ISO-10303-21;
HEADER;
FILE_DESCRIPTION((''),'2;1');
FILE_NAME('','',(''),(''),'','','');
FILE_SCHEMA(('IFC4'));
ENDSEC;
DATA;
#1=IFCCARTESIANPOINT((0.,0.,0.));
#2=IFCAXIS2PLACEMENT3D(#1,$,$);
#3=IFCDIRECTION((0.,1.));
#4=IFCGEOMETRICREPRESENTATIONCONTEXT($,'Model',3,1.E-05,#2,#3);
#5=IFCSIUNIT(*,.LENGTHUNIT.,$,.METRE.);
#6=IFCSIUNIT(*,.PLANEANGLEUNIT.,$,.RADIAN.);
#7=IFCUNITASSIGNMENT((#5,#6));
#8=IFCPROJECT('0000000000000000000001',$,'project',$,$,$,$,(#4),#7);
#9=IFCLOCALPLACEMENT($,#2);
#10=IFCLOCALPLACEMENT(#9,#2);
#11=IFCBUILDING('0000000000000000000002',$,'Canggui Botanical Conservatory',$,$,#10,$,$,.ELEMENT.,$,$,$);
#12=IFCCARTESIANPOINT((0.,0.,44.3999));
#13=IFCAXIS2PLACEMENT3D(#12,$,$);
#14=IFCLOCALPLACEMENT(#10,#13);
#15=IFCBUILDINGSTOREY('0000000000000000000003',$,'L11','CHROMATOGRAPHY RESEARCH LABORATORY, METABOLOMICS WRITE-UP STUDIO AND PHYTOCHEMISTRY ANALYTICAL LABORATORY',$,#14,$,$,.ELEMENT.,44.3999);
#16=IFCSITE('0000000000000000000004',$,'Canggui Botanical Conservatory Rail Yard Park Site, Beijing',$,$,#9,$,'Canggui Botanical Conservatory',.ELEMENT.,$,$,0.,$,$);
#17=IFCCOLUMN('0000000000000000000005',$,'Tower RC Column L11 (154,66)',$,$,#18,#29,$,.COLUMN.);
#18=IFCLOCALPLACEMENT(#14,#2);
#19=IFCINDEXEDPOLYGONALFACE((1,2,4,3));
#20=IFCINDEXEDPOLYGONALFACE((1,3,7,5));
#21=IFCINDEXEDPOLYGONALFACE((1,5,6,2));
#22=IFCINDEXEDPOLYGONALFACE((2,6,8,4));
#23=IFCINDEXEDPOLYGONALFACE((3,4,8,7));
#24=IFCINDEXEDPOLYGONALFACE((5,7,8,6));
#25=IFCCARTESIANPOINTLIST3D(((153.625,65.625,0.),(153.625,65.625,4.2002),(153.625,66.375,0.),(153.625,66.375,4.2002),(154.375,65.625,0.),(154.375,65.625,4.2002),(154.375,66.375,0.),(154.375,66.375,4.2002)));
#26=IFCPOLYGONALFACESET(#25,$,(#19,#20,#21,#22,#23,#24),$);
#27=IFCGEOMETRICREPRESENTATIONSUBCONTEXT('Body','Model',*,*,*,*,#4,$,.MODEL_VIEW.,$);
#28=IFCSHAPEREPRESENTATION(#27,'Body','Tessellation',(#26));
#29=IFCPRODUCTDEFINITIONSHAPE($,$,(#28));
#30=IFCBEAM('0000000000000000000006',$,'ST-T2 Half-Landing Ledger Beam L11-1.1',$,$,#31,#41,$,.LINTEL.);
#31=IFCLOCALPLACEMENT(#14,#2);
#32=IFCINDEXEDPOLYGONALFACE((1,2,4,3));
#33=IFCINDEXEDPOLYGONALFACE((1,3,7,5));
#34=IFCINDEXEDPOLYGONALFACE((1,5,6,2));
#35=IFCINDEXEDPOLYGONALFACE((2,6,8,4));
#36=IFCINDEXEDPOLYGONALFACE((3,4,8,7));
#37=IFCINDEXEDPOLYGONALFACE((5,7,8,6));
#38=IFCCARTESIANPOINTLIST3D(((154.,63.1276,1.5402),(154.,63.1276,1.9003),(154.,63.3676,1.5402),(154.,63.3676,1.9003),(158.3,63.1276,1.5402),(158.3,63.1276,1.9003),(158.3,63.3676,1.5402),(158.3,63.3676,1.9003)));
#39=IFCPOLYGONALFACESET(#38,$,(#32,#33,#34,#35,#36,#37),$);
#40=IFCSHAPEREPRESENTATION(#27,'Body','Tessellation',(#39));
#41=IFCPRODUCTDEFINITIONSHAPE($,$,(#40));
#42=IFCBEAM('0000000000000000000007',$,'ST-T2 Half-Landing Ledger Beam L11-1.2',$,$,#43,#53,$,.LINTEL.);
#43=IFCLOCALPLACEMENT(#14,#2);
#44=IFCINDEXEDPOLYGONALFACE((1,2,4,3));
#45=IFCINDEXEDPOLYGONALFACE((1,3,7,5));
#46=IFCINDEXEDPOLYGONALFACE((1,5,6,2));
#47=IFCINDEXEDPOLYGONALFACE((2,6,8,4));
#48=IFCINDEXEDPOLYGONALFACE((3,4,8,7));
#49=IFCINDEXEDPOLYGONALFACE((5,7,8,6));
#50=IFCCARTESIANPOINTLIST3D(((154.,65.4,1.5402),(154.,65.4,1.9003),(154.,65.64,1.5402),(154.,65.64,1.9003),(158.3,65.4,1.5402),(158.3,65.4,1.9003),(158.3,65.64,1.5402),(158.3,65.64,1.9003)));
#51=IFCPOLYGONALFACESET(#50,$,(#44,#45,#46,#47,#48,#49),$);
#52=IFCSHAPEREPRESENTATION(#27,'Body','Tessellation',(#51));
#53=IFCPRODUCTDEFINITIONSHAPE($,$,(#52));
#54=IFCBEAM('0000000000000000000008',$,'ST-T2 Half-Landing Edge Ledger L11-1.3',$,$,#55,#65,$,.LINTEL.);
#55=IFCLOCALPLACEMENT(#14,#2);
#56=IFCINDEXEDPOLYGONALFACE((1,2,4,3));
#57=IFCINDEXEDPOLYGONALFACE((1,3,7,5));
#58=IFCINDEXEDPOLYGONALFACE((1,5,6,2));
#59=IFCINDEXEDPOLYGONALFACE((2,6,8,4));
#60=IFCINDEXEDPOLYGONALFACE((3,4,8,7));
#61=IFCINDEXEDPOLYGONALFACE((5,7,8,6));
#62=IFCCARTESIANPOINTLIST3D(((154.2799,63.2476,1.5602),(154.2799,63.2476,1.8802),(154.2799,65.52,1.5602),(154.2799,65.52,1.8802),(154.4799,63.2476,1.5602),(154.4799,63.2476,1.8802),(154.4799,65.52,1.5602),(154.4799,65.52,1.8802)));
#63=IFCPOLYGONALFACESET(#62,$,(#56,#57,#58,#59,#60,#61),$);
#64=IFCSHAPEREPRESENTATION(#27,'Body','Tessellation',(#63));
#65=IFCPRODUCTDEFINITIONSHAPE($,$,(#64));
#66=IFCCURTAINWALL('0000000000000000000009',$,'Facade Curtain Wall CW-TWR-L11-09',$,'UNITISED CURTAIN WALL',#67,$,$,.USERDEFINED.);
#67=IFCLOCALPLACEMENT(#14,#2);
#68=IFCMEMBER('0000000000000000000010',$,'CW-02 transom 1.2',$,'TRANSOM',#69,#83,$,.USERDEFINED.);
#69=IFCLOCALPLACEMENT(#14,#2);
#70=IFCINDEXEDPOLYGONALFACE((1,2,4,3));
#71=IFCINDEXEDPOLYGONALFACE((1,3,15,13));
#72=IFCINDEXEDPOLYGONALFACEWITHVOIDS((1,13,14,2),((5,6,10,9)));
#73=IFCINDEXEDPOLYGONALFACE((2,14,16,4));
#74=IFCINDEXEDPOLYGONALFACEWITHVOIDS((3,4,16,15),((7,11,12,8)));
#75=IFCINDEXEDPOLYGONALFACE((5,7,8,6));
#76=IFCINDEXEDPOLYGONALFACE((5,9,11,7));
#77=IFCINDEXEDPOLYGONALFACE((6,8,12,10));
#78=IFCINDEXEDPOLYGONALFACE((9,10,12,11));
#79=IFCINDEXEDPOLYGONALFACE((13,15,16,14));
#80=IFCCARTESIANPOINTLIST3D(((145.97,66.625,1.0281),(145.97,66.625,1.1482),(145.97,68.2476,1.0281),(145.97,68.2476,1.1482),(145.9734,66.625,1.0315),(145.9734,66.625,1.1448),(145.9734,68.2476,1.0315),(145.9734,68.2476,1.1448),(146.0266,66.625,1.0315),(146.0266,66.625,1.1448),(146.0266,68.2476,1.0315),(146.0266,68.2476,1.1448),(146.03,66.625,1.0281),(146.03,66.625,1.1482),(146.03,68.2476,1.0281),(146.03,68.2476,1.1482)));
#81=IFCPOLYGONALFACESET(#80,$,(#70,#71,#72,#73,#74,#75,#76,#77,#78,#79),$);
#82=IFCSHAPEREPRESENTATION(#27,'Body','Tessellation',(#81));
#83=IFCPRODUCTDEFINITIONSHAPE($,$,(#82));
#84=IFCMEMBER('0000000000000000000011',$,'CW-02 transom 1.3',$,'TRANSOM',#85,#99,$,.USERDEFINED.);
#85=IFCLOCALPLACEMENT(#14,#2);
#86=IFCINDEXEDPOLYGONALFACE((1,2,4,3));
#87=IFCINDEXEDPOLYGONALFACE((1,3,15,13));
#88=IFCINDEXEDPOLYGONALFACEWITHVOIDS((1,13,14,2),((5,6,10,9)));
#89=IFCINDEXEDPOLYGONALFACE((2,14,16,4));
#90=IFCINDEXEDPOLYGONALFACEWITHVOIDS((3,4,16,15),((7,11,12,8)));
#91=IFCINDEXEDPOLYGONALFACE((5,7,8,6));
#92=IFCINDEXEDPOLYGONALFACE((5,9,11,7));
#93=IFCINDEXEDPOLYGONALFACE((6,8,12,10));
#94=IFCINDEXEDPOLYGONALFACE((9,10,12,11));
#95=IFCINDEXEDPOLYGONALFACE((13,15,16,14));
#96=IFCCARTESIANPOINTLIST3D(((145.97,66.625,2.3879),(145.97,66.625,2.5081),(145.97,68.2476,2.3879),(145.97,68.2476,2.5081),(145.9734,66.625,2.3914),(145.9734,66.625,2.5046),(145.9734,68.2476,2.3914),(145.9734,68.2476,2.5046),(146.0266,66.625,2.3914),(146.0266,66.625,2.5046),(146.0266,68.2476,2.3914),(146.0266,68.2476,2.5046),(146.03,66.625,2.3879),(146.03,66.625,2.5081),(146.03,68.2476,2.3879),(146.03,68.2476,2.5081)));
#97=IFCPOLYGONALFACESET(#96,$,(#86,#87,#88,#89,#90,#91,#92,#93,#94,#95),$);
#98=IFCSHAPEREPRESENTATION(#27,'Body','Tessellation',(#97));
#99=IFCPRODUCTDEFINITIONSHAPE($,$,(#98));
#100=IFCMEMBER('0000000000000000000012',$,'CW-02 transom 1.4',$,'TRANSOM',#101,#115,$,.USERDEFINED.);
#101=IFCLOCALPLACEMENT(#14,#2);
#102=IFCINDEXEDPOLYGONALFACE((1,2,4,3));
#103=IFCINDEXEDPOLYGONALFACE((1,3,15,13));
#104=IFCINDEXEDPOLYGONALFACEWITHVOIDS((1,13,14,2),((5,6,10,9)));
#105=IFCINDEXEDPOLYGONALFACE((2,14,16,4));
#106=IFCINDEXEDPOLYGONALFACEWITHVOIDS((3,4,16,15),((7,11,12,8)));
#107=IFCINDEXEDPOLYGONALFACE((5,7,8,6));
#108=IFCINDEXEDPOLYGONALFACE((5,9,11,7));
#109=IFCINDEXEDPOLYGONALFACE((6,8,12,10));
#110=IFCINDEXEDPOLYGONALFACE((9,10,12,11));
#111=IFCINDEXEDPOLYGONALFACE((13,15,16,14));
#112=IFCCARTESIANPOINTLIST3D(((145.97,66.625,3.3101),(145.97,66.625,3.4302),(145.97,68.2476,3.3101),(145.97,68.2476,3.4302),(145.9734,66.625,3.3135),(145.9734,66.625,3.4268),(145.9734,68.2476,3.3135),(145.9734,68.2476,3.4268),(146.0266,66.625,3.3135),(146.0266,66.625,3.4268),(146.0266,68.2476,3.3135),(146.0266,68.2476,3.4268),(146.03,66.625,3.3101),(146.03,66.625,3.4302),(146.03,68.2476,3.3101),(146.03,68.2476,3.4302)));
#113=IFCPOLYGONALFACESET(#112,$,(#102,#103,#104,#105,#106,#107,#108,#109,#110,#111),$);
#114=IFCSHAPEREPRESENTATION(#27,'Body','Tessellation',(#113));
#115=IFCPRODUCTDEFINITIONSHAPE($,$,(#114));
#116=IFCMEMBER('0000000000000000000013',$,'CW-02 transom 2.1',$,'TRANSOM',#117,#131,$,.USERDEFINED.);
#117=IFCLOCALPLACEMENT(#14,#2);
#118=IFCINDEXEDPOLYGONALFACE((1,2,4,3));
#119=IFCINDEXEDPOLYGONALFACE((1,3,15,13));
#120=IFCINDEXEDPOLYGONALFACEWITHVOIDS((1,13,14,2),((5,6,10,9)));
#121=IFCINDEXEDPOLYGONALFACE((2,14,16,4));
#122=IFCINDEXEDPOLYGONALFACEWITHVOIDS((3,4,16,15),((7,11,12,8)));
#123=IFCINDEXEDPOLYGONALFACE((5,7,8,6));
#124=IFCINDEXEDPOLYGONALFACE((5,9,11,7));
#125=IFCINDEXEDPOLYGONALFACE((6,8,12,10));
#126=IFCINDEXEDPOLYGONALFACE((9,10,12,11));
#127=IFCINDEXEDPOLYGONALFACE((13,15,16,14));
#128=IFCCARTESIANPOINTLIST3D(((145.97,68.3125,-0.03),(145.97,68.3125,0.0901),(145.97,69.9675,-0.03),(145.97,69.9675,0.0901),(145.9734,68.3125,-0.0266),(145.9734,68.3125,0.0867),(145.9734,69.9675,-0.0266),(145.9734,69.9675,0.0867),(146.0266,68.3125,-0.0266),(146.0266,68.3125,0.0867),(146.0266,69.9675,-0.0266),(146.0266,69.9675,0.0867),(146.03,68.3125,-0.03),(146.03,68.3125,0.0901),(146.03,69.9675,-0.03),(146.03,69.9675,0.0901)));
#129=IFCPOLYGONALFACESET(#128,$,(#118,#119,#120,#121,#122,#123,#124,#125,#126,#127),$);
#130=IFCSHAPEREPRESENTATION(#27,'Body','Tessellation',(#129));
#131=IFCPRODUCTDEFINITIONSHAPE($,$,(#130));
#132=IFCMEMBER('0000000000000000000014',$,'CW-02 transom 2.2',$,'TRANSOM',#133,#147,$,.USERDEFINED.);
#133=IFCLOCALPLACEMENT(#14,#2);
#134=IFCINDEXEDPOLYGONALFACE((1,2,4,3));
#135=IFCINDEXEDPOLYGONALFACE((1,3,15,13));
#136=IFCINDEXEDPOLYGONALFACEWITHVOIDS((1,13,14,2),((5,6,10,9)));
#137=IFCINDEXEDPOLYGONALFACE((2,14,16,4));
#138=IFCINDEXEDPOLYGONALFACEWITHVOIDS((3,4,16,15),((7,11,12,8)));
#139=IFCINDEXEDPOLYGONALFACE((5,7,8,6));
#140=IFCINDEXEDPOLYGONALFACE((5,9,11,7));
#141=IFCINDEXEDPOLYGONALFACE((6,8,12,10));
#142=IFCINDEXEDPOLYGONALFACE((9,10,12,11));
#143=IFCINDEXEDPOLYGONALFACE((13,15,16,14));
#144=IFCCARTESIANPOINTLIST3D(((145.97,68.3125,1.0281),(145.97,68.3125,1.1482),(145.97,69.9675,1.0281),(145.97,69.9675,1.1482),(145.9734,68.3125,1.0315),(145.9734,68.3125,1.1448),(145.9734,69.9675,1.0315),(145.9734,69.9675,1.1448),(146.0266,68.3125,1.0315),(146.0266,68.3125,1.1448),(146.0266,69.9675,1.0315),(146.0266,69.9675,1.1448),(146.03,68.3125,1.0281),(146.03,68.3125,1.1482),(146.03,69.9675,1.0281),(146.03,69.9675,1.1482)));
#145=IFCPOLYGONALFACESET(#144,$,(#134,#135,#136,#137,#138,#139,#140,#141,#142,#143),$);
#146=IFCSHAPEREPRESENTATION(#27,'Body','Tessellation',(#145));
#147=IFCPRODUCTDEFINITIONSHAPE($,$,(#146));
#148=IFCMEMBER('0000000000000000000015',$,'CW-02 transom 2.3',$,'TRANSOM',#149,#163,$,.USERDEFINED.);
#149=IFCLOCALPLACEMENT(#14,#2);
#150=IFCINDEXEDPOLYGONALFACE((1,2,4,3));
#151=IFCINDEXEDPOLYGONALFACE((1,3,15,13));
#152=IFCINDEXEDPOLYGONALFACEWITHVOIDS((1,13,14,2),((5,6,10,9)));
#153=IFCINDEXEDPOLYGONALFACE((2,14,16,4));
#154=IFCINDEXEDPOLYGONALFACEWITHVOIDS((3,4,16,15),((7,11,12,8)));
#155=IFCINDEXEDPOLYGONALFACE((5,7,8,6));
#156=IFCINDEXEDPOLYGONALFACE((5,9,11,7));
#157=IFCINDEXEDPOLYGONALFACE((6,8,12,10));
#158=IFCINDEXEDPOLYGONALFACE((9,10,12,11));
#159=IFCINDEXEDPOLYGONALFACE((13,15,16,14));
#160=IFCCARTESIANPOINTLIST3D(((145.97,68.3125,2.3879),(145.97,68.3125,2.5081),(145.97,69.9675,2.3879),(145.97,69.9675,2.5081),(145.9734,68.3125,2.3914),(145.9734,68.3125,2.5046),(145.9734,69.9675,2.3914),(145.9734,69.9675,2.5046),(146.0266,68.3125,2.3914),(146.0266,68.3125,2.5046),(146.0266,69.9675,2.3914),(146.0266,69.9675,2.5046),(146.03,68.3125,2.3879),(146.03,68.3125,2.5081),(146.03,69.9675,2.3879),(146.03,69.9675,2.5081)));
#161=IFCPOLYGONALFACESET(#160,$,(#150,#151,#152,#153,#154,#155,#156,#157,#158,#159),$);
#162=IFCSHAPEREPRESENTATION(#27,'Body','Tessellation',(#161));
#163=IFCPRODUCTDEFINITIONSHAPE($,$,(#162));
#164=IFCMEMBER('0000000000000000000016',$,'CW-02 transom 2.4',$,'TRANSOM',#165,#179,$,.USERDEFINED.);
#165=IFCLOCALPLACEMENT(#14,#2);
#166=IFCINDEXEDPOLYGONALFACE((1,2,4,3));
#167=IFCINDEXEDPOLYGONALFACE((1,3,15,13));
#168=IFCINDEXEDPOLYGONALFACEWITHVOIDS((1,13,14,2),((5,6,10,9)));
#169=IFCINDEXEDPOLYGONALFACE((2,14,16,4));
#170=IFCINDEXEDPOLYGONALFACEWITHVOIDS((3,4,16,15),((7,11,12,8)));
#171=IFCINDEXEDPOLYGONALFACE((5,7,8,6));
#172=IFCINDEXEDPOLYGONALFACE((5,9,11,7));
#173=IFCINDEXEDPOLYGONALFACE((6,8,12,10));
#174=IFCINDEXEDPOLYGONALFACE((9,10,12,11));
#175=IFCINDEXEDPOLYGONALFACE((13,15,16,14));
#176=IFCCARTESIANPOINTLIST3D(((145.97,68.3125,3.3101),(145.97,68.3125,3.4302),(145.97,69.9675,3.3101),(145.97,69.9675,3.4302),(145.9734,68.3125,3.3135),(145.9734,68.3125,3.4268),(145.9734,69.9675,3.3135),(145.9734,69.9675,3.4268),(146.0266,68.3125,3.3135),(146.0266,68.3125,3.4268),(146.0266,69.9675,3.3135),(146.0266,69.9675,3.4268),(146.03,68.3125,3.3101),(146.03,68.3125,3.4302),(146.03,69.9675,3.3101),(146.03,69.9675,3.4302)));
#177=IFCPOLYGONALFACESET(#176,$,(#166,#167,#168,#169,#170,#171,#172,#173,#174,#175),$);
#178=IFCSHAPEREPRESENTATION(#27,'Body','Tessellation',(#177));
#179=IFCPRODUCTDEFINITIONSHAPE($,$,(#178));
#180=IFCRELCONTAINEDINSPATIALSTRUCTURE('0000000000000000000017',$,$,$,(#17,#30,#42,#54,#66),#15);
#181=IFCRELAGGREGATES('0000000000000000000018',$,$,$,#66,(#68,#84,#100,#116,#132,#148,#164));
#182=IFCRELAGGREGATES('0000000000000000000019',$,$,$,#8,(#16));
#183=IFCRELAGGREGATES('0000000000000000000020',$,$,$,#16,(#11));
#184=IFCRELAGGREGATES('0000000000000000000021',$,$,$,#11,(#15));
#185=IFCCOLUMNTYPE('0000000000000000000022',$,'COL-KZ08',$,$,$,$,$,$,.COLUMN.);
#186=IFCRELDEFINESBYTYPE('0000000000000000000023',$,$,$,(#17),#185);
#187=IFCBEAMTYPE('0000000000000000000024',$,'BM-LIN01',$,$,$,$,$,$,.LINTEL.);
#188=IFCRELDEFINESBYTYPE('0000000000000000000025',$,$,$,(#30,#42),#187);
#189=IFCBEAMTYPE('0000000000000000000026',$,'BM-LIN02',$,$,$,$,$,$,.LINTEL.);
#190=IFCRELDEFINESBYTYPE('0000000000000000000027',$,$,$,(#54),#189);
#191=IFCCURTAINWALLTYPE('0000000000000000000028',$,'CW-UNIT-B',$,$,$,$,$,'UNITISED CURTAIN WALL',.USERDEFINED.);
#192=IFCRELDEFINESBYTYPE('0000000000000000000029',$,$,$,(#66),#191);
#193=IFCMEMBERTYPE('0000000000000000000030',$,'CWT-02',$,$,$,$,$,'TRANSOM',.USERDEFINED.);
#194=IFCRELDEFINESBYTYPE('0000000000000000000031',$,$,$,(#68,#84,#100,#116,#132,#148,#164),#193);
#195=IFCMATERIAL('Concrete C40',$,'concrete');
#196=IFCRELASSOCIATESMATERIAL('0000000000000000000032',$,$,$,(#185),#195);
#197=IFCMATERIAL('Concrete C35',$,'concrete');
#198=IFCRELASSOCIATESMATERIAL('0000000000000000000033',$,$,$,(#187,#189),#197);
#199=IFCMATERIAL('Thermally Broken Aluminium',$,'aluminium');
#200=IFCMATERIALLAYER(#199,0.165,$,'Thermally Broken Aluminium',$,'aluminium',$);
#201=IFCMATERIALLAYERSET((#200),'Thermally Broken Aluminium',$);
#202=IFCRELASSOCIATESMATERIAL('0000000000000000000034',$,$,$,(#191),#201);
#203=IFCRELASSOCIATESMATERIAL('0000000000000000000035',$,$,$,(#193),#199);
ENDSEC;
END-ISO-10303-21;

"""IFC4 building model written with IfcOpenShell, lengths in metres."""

from ifc_helpers import new_model, si_unit, direction, frame, origin, origin_2d, place, context, subcontext, project, spatial, rectangle, hollow_rectangle, extrude, material, layer, layer_set, material_profile, profile_set, type_object, element, aggregate, save


model = new_model("IFC4")

# Units and contexts
model_context = context("Model", 3, precision=1e-05, world=origin(), true_north=direction((0.0, 1.0)))
body_context = subcontext(model_context, "Body", "Model", "MODEL_VIEW")
ifc_project = project(units=[si_unit("LENGTHUNIT", "METRE"), si_unit("PLANEANGLEUNIT", "RADIAN")], contexts=[model_context])

# Site, building, storey
site_placement = place(None, origin())
site = spatial("IfcSite", under=ifc_project, at=site_placement, Name="Canggui Botanical Conservatory Rail Yard Park Site, Beijing", LongName="Canggui Botanical Conservatory", CompositionType="ELEMENT", RefElevation=0.0)
building_placement = place(site_placement, origin())
building = spatial("IfcBuilding", under=site, at=building_placement, Name="Canggui Botanical Conservatory", CompositionType="ELEMENT")
storey_placement = place(building_placement, frame((0.0, 0.0, 44.3999)))
storey = spatial("IfcBuildingStorey", under=building, at=storey_placement, Name="L11", Description="CHROMATOGRAPHY RESEARCH LABORATORY, METABOLOMICS WRITE-UP STUDIO AND PHYTOCHEMISTRY ANALYTICAL LABORATORY", CompositionType="ELEMENT", Elevation=44.3999)

# Column
ifc_material_1 = material(Name="Concrete C40", Category="concrete")
ifc_material_profile_1 = material_profile(ifc_material_1, rectangle(XDim=0.75, YDim=0.75, at=origin_2d()), Name="RC 750x750")
ifc_profile_set_1 = profile_set([ifc_material_profile_1], Name="Concrete C40")
column_type = type_object("IfcColumnType", Name="COL-KZ08", PredefinedType="COLUMN", material=ifc_profile_set_1)
column_placement = place(storey_placement, frame((154.0, 66.0, 0.0), z_axis=(0.0, 0.0, 1.0), x_axis=(1.0, 0.0, 0.0)))
element("IfcColumn", 1, at=column_placement, inside=storey, type_object=column_type, Name="Tower RC Column L11 (154,66)", PredefinedType="COLUMN", context=body_context, shape_type="SweptSolid", body=[
    extrude(rectangle(XDim=0.75, YDim=0.75, at=origin_2d()), origin(), (0.0, 0.0, 1.0), 4.2002),
])

# Beams
ifc_material_2 = material(Name="Concrete C35", Category="concrete")
ifc_material_profile_2 = material_profile(ifc_material_2, rectangle(XDim=0.24, YDim=0.3601, at=origin_2d()), Name="RB 240x360")
ifc_profile_set_2 = profile_set([ifc_material_profile_2], Name="Concrete C35")
beam_type_1 = type_object("IfcBeamType", Name="BM-LIN01", PredefinedType="LINTEL", material=ifc_profile_set_2)
for number, where, z_axis, x_axis, name in (
    (2, (154.0, 63.2476, 1.7202), (1.0, 0.0, 0.0), (0.0, 1.0, 0.0), "ST-T2 Half-Landing Ledger Beam L11-1.1"),
    (3, (154.0, 65.52, 1.7202), (1.0, 0.0, 0.0), (0.0, 1.0, 0.0), "ST-T2 Half-Landing Ledger Beam L11-1.2"),
):
    element("IfcBeam", number, at=place(storey_placement, frame(where, z_axis=z_axis, x_axis=x_axis)), inside=storey, type_object=beam_type_1, Name=name, PredefinedType="LINTEL", context=body_context, shape_type="SweptSolid", body=[
        extrude(rectangle(XDim=0.24, YDim=0.3601, at=origin_2d()), origin(), (0.0, 0.0, 1.0), 4.3),
    ])
ifc_material_profile_3 = material_profile(ifc_material_2, rectangle(XDim=0.2, YDim=0.3201, at=origin_2d()), Name="RB 200x320")
ifc_profile_set_3 = profile_set([ifc_material_profile_3], Name="Concrete C35")
beam_type_2 = type_object("IfcBeamType", Name="BM-LIN02", PredefinedType="LINTEL", material=ifc_profile_set_3)
beam_placement = place(storey_placement, frame((154.3799, 63.2476, 1.7202), z_axis=(0.0, 1.0, 0.0), x_axis=(-1.0, 0.0, 0.0)))
element("IfcBeam", 4, at=beam_placement, inside=storey, type_object=beam_type_2, Name="ST-T2 Half-Landing Edge Ledger L11-1.3", PredefinedType="LINTEL", context=body_context, shape_type="SweptSolid", body=[
    extrude(rectangle(XDim=0.2, YDim=0.3201, at=origin_2d()), origin(), (0.0, 0.0, 1.0), 2.2725),
])

# Curtain wall, members
ifc_material_3 = material(Name="Thermally Broken Aluminium", Category="aluminium")
ifc_layer_1 = layer(ifc_material_3, 0.165, Name="Thermally Broken Aluminium", Category="aluminium")
ifc_layer_set_1 = layer_set([ifc_layer_1], Name="Thermally Broken Aluminium")
curtain_wall_type = type_object("IfcCurtainWallType", Name="CW-UNIT-B", ElementType="UNITISED CURTAIN WALL", PredefinedType="USERDEFINED", material=ifc_layer_set_1)
curtain_wall_placement = place(storey_placement, origin())
curtain_wall = element("IfcCurtainWall", 5, at=curtain_wall_placement, inside=storey, type_object=curtain_wall_type, Name="Facade Curtain Wall CW-TWR-L11-09", ObjectType="UNITISED CURTAIN WALL", PredefinedType="USERDEFINED")
ifc_material_profile_4 = material_profile(ifc_material_3, hollow_rectangle(XDim=0.0601, YDim=0.1201, WallThickness=0.0034, at=origin_2d()), Name="CWT 60x120x3.5")
ifc_profile_set_4 = profile_set([ifc_material_profile_4], Name="Thermally Broken Aluminium")
member_type = type_object("IfcMemberType", Name="CWT-02", ElementType="TRANSOM", PredefinedType="USERDEFINED", material=ifc_profile_set_4)
member_1_placement = place(storey_placement, frame((146.0, 66.625, 1.0881), z_axis=(0.0, 1.0, 0.0), x_axis=(-1.0, 0.0, 0.0)))
member_1 = element("IfcMember", 6, at=member_1_placement, type_object=member_type, Name="CW-02 transom 1.2", ObjectType="TRANSOM", PredefinedType="USERDEFINED", context=body_context, shape_type="SweptSolid", body=[
    extrude(hollow_rectangle(XDim=0.0601, YDim=0.1201, WallThickness=0.0034, at=origin_2d()), origin(), (0.0, 0.0, 1.0), 1.6226),
])
member_2_placement = place(storey_placement, frame((146.0, 66.625, 2.448), z_axis=(0.0, 1.0, 0.0), x_axis=(-1.0, 0.0, 0.0)))
member_2 = element("IfcMember", 7, at=member_2_placement, type_object=member_type, Name="CW-02 transom 1.3", ObjectType="TRANSOM", PredefinedType="USERDEFINED", context=body_context, shape_type="SweptSolid", body=[
    extrude(hollow_rectangle(XDim=0.0601, YDim=0.1201, WallThickness=0.0034, at=origin_2d()), origin(), (0.0, 0.0, 1.0), 1.6226),
])
member_3_placement = place(storey_placement, frame((146.0, 66.625, 3.3701), z_axis=(0.0, 1.0, 0.0), x_axis=(-1.0, 0.0, 0.0)))
member_3 = element("IfcMember", 8, at=member_3_placement, type_object=member_type, Name="CW-02 transom 1.4", ObjectType="TRANSOM", PredefinedType="USERDEFINED", context=body_context, shape_type="SweptSolid", body=[
    extrude(hollow_rectangle(XDim=0.0601, YDim=0.1201, WallThickness=0.0034, at=origin_2d()), origin(), (0.0, 0.0, 1.0), 1.6226),
])
member_4_placement = place(storey_placement, frame((146.0, 68.3125, 0.03), z_axis=(0.0, 1.0, 0.0), x_axis=(-1.0, 0.0, 0.0)))
member_4 = element("IfcMember", 9, at=member_4_placement, type_object=member_type, Name="CW-02 transom 2.1", ObjectType="TRANSOM", PredefinedType="USERDEFINED", context=body_context, shape_type="SweptSolid", body=[
    extrude(hollow_rectangle(XDim=0.0601, YDim=0.1201, WallThickness=0.0034, at=origin_2d()), origin(), (0.0, 0.0, 1.0), 1.655),
])
member_5_placement = place(storey_placement, frame((146.0, 68.3125, 1.0881), z_axis=(0.0, 1.0, 0.0), x_axis=(-1.0, 0.0, 0.0)))
member_5 = element("IfcMember", 10, at=member_5_placement, type_object=member_type, Name="CW-02 transom 2.2", ObjectType="TRANSOM", PredefinedType="USERDEFINED", context=body_context, shape_type="SweptSolid", body=[
    extrude(hollow_rectangle(XDim=0.0601, YDim=0.1201, WallThickness=0.0034, at=origin_2d()), origin(), (0.0, 0.0, 1.0), 1.655),
])
member_6_placement = place(storey_placement, frame((146.0, 68.3125, 2.448), z_axis=(0.0, 1.0, 0.0), x_axis=(-1.0, 0.0, 0.0)))
member_6 = element("IfcMember", 11, at=member_6_placement, type_object=member_type, Name="CW-02 transom 2.3", ObjectType="TRANSOM", PredefinedType="USERDEFINED", context=body_context, shape_type="SweptSolid", body=[
    extrude(hollow_rectangle(XDim=0.0601, YDim=0.1201, WallThickness=0.0034, at=origin_2d()), origin(), (0.0, 0.0, 1.0), 1.655),
])
member_7_placement = place(storey_placement, frame((146.0, 68.3125, 3.3701), z_axis=(0.0, 1.0, 0.0), x_axis=(-1.0, 0.0, 0.0)))
member_7 = element("IfcMember", 12, at=member_7_placement, type_object=member_type, Name="CW-02 transom 2.4", ObjectType="TRANSOM", PredefinedType="USERDEFINED", context=body_context, shape_type="SweptSolid", body=[
    extrude(hollow_rectangle(XDim=0.0601, YDim=0.1201, WallThickness=0.0034, at=origin_2d()), origin(), (0.0, 0.0, 1.0), 1.655),
])
aggregate(curtain_wall, [member_1, member_2, member_3, member_4, member_5, member_6, member_7])

save(model, "model.ifc")
